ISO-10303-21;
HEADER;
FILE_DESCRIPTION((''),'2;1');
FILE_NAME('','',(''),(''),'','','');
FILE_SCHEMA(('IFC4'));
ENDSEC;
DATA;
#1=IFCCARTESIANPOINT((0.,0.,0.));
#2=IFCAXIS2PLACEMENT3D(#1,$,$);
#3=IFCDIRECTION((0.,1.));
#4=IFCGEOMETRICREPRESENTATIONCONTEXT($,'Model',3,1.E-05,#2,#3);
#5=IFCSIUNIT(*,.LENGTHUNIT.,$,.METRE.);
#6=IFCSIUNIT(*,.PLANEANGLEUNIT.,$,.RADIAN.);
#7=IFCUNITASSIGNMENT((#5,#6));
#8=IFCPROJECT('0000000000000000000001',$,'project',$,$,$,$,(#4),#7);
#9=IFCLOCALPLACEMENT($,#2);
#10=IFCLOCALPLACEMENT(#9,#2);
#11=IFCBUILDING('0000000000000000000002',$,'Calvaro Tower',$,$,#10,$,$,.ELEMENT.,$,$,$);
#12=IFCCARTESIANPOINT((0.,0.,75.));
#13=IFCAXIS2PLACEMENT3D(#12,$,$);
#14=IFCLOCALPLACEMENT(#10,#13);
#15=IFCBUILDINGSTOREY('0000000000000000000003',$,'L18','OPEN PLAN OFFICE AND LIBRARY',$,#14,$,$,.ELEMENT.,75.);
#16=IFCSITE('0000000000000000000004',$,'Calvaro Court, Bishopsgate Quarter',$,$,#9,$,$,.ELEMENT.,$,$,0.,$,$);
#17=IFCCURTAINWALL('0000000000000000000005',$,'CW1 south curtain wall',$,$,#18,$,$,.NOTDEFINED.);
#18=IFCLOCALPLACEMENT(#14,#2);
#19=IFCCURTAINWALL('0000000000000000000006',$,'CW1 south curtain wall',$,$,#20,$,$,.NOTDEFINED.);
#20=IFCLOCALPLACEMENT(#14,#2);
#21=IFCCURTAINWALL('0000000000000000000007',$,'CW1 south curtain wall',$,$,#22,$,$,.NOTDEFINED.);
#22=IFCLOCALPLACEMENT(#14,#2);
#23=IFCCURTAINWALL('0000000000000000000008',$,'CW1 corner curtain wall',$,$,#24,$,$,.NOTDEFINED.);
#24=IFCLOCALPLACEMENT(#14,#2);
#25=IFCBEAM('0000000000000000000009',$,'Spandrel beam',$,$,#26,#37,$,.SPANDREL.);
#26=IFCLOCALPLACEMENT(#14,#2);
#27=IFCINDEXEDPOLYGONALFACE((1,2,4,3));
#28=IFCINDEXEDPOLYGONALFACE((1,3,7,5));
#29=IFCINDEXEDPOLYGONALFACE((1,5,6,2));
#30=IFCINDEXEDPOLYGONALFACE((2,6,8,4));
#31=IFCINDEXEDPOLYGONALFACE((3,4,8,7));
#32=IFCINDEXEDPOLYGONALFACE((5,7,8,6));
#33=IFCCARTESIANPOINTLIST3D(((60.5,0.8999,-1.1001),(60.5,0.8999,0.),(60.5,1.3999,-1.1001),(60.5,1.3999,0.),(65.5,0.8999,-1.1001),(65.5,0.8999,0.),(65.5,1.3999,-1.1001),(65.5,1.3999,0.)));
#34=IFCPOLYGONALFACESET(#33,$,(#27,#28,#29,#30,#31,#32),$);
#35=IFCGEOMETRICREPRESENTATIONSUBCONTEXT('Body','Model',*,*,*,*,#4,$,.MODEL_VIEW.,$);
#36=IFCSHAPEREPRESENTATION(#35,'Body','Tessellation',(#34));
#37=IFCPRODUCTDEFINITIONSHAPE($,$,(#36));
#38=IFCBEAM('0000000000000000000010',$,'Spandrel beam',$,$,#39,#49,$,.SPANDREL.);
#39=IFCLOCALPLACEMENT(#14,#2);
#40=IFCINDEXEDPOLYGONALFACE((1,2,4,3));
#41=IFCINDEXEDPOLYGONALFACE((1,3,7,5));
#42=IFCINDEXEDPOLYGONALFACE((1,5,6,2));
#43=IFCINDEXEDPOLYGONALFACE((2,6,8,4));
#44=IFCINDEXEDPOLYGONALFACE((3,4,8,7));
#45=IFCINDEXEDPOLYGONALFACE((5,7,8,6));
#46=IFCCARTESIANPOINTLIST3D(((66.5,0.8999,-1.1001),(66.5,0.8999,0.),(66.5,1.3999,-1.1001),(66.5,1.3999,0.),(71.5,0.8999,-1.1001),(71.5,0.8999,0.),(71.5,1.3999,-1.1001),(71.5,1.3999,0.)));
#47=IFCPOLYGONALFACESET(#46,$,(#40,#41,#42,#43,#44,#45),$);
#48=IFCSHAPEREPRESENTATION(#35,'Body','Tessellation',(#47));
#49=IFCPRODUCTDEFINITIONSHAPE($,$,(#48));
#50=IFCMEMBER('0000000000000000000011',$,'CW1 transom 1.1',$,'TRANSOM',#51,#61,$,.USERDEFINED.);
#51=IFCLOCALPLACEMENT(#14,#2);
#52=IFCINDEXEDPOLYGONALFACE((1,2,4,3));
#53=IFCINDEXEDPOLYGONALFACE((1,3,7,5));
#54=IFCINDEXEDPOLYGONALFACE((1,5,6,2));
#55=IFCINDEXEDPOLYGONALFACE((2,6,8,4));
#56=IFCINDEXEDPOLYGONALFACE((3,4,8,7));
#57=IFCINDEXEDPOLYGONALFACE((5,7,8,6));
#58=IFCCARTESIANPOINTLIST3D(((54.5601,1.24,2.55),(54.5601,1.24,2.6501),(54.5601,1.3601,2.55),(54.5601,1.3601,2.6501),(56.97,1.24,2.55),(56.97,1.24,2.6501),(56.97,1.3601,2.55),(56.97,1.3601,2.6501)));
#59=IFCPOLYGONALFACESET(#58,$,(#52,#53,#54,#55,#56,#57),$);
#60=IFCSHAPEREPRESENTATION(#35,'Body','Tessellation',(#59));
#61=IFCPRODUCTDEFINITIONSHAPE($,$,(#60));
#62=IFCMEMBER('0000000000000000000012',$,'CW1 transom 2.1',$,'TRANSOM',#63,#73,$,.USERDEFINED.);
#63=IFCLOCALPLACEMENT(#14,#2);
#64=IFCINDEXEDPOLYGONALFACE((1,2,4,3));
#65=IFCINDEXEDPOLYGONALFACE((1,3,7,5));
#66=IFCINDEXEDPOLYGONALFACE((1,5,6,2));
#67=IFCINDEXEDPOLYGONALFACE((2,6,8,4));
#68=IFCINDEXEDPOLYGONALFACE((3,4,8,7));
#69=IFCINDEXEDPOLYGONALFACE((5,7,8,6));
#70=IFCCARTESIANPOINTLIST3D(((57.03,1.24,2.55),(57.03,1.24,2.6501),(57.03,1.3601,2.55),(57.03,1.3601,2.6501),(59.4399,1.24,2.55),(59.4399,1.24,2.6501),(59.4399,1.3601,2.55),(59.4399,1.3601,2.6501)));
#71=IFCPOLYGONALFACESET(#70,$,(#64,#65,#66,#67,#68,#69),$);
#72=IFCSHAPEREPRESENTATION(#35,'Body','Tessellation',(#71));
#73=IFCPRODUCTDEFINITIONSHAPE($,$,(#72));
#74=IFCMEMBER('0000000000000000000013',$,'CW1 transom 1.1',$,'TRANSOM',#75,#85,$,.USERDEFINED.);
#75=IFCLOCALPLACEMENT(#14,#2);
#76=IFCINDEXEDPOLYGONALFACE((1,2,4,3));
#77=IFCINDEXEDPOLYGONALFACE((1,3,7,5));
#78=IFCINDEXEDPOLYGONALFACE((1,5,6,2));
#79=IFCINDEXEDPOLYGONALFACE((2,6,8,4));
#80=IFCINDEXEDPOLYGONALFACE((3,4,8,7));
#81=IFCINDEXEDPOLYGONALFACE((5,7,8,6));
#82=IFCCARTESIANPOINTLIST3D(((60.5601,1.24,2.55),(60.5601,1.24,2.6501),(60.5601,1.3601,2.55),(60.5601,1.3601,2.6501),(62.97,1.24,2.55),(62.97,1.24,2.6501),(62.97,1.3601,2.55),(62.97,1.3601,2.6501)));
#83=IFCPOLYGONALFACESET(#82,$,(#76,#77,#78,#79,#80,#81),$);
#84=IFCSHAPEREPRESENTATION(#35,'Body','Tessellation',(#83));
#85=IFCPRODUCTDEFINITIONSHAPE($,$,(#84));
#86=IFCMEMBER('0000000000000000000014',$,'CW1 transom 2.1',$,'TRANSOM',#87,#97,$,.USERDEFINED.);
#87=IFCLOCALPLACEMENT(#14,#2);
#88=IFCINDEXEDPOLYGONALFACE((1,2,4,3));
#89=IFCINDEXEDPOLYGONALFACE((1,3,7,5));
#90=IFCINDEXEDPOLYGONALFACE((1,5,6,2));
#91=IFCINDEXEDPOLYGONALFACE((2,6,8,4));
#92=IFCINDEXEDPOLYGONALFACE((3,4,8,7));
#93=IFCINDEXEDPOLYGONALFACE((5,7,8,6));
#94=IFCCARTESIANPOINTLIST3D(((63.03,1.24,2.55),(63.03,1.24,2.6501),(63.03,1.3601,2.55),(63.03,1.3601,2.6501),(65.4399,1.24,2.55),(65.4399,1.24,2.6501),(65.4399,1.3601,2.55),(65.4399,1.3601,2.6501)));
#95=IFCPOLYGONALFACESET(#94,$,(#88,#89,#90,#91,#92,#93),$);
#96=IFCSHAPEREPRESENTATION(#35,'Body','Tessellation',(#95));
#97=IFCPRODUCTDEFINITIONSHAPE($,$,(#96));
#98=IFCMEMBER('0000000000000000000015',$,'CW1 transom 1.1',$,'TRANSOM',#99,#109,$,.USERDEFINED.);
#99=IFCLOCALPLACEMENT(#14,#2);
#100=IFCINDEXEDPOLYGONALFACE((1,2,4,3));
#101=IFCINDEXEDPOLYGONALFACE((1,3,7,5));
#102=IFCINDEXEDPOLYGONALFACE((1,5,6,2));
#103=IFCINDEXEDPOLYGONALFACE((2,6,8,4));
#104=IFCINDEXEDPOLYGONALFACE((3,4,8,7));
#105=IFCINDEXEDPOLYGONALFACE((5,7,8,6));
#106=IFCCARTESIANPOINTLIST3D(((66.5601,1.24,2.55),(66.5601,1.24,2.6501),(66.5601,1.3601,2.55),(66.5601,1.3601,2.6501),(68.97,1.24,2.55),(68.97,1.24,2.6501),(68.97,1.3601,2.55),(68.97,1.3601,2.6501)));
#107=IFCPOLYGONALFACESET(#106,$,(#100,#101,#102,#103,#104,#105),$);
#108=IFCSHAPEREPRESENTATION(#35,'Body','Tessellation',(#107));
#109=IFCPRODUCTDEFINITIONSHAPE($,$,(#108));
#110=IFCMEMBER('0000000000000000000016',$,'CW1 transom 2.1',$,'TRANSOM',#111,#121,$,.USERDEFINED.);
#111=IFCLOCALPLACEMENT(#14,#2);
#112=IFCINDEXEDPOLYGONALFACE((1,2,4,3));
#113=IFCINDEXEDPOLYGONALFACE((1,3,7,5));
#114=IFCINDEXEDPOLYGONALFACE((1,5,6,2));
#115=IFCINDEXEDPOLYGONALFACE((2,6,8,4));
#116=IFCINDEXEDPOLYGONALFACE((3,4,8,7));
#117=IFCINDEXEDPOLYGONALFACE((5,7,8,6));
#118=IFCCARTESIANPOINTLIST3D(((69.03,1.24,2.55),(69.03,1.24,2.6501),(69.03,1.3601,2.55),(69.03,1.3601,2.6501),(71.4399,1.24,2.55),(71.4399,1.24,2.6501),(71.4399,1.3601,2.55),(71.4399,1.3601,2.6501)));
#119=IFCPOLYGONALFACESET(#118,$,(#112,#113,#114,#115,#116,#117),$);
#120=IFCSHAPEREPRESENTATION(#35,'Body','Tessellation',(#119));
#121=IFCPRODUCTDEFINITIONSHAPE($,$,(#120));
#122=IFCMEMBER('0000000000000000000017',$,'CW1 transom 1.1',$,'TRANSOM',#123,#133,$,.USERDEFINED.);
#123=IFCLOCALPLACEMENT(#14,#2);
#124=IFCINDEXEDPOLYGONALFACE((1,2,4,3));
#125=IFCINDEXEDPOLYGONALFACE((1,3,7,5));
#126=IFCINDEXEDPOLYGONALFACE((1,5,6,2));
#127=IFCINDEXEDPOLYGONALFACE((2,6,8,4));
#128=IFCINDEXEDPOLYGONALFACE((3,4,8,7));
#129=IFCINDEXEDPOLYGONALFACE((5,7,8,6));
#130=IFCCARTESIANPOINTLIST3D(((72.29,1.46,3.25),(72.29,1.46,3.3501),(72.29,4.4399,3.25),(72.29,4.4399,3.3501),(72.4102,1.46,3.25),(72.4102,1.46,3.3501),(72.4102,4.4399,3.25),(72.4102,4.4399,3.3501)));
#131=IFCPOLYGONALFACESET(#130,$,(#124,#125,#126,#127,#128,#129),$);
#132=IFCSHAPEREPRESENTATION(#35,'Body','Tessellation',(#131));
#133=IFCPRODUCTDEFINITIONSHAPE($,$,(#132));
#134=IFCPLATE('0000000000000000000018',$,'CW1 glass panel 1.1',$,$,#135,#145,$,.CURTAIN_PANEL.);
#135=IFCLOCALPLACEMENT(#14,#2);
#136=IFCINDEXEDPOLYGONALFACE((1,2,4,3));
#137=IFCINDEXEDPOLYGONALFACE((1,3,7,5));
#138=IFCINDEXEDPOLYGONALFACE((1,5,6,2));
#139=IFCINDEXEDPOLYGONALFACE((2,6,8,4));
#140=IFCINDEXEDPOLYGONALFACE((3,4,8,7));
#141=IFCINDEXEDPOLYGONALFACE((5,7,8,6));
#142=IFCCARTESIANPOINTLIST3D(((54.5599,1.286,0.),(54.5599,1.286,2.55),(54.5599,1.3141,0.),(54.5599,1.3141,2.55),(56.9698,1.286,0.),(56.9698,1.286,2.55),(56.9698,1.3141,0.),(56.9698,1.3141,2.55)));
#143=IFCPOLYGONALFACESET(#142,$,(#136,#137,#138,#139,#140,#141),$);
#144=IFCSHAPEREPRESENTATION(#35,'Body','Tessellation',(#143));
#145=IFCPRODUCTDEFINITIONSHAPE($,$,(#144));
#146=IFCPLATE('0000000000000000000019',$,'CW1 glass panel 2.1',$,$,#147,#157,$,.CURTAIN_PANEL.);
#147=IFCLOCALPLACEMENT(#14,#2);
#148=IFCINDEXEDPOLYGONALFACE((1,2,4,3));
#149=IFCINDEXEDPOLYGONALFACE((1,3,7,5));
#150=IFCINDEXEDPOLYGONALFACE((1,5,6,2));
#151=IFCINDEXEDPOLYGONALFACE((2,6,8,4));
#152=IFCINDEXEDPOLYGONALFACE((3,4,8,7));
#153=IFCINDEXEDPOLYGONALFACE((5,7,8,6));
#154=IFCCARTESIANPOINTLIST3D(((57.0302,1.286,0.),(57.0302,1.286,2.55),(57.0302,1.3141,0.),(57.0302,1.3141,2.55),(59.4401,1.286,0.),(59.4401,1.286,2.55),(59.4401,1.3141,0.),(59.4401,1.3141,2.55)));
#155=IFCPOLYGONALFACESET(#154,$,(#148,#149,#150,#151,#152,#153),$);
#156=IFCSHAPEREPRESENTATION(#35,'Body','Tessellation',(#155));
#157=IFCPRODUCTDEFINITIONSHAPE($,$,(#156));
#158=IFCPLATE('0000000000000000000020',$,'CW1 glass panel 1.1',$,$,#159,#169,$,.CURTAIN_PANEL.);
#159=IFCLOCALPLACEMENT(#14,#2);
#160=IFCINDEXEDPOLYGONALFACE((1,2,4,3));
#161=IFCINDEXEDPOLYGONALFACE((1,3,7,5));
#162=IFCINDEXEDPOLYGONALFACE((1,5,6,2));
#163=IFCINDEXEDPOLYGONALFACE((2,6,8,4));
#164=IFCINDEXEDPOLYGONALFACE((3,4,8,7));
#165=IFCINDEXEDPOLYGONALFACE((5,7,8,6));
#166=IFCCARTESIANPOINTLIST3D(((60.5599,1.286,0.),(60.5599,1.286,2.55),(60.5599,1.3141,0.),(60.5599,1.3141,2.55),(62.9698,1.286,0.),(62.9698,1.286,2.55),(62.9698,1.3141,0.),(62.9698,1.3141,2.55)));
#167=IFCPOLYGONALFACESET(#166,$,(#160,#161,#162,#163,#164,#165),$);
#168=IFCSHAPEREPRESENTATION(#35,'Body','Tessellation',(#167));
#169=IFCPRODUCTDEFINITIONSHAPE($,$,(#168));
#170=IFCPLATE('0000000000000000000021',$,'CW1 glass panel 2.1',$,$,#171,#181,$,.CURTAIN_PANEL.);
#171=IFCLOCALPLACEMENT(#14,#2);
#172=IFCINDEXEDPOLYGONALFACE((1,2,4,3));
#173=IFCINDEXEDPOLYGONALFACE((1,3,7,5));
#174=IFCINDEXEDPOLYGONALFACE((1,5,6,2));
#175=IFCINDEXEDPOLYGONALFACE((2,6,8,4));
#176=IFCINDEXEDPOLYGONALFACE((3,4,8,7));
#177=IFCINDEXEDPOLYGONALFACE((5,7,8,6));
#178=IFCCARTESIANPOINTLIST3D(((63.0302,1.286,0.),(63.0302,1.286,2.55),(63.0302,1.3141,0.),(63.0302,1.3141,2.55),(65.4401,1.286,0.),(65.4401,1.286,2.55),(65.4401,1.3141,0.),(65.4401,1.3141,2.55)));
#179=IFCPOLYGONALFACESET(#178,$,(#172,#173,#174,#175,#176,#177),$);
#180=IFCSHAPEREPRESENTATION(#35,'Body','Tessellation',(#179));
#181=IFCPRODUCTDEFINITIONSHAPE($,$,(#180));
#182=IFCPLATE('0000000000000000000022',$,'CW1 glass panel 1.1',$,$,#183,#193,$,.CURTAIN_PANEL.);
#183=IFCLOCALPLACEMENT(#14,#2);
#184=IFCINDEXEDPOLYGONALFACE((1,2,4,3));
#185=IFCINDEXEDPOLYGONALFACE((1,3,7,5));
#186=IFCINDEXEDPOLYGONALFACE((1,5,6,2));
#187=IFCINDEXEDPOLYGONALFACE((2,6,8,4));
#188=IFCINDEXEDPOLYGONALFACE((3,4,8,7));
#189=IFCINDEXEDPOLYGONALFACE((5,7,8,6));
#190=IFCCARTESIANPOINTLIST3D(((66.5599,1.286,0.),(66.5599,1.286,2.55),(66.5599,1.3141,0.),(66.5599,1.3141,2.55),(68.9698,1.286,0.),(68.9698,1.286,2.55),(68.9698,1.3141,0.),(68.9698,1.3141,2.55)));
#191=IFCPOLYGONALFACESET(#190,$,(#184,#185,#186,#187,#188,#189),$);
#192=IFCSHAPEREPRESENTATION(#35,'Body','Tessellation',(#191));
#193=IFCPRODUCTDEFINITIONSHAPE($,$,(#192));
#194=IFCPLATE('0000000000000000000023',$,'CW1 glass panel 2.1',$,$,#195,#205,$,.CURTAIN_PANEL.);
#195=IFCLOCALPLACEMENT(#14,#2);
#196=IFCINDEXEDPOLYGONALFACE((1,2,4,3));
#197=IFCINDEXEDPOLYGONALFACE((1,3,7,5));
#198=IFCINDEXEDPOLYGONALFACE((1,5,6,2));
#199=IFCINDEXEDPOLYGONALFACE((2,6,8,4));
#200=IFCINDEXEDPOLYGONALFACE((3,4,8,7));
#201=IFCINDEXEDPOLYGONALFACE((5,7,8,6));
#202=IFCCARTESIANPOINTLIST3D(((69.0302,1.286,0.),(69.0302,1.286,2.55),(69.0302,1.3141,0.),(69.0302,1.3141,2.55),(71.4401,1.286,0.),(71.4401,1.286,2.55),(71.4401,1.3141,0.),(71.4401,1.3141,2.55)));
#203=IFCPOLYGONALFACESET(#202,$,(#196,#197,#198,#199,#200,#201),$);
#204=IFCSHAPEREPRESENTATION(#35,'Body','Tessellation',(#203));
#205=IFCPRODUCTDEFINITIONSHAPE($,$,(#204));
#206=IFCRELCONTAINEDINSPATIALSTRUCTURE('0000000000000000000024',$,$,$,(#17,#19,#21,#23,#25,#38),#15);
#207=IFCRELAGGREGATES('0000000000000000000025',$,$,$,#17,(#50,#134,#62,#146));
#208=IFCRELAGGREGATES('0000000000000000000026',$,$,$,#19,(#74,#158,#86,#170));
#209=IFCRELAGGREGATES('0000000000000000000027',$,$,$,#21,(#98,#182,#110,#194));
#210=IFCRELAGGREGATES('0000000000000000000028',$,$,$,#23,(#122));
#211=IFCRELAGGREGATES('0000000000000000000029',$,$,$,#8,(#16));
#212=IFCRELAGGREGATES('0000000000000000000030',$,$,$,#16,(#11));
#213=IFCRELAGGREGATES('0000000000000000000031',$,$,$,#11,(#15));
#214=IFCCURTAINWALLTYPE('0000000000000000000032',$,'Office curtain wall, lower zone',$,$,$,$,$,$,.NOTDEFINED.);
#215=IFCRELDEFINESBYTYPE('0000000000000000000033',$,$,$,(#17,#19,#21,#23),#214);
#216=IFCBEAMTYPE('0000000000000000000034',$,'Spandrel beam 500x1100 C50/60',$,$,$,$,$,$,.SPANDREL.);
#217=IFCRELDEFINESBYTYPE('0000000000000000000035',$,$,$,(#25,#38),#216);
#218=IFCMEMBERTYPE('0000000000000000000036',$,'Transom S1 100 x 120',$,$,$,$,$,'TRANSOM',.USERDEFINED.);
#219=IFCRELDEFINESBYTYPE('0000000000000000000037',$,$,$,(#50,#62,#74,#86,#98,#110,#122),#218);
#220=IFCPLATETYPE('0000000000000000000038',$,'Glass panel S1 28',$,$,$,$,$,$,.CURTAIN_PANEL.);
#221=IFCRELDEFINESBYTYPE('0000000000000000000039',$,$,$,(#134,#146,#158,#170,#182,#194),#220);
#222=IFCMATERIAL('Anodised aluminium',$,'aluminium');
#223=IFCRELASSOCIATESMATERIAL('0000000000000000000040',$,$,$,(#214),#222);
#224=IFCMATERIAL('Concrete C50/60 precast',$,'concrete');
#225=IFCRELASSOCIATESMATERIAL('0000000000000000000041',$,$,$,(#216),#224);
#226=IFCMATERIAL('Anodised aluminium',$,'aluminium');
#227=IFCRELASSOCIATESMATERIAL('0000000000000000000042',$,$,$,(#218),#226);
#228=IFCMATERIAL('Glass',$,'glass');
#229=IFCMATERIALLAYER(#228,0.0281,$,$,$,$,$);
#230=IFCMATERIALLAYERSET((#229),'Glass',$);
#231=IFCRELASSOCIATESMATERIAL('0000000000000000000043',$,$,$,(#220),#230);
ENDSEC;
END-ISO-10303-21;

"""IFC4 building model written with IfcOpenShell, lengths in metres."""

from ifc_helpers import new_model, si_unit, direction, frame, origin, origin_2d, place, context, subcontext, project, spatial, rectangle, extrude, material, layer, layer_set, material_profile, profile_set, type_object, element, aggregate, save


model = new_model("IFC4")

# Units and contexts
model_context = context("Model", 3, precision=1e-05, world=origin(), true_north=direction((0.0, 1.0)))
body_context = subcontext(model_context, "Body", "Model", "MODEL_VIEW")
ifc_project = project(units=[si_unit("LENGTHUNIT", "METRE"), si_unit("PLANEANGLEUNIT", "RADIAN")], contexts=[model_context])

# Site, building, storey
site_placement = place(None, origin())
site = spatial("IfcSite", under=ifc_project, at=site_placement, Name="Calvaro Court, Bishopsgate Quarter", CompositionType="ELEMENT", RefElevation=0.0)
building_placement = place(site_placement, origin())
building = spatial("IfcBuilding", under=site, at=building_placement, Name="Calvaro Tower", CompositionType="ELEMENT")
storey_placement = place(building_placement, frame((0.0, 0.0, 75.0)))
storey = spatial("IfcBuildingStorey", under=building, at=storey_placement, Name="L18", Description="OPEN PLAN OFFICE AND LIBRARY", CompositionType="ELEMENT", Elevation=75.0)

# Curtain walls
ifc_material_1 = material(Name="Anodised aluminium", Category="aluminium")
curtain_wall_type = type_object("IfcCurtainWallType", Name="Office curtain wall, lower zone", PredefinedType="NOTDEFINED", material=ifc_material_1)
curtain_wall_1_placement = place(storey_placement, origin())
curtain_wall_1 = element("IfcCurtainWall", 1, at=curtain_wall_1_placement, inside=storey, type_object=curtain_wall_type, Name="CW1 south curtain wall", PredefinedType="NOTDEFINED")
curtain_wall_2_placement = place(storey_placement, origin())
curtain_wall_2 = element("IfcCurtainWall", 2, at=curtain_wall_2_placement, inside=storey, type_object=curtain_wall_type, Name="CW1 south curtain wall", PredefinedType="NOTDEFINED")
curtain_wall_3_placement = place(storey_placement, origin())
curtain_wall_3 = element("IfcCurtainWall", 3, at=curtain_wall_3_placement, inside=storey, type_object=curtain_wall_type, Name="CW1 south curtain wall", PredefinedType="NOTDEFINED")
curtain_wall_4_placement = place(storey_placement, origin())
curtain_wall_4 = element("IfcCurtainWall", 4, at=curtain_wall_4_placement, inside=storey, type_object=curtain_wall_type, Name="CW1 corner curtain wall", PredefinedType="NOTDEFINED")

# Beams
ifc_material_2 = material(Name="Concrete C50/60 precast", Category="concrete")
ifc_material_profile_1 = material_profile(ifc_material_2, rectangle(XDim=0.5, YDim=1.1001, at=origin_2d()), Name="RC 500x1100")
ifc_profile_set_1 = profile_set([ifc_material_profile_1], Name="Concrete C50/60 precast")
beam_type = type_object("IfcBeamType", Name="Spandrel beam 500x1100 C50/60", PredefinedType="SPANDREL", material=ifc_profile_set_1)
for number, where, z_axis, x_axis, name in (
    (5, (60.5, 1.1499, -0.55), (1.0, 0.0, 0.0), (0.0, 1.0, 0.0), "Spandrel beam"),
    (6, (66.5, 1.1499, -0.55), (1.0, 0.0, 0.0), (0.0, 1.0, 0.0), "Spandrel beam"),
):
    element("IfcBeam", number, at=place(storey_placement, frame(where, z_axis=z_axis, x_axis=x_axis)), inside=storey, type_object=beam_type, Name=name, PredefinedType="SPANDREL", context=body_context, shape_type="SweptSolid", body=[
        extrude(rectangle(XDim=0.5, YDim=1.1001, at=origin_2d()), origin(), (0.0, 0.0, 1.0), 5.0),
    ])

# Members
ifc_material_3 = material(Name="Anodised aluminium", Category="aluminium")
ifc_material_profile_2 = material_profile(ifc_material_3, rectangle(XDim=0.1201, YDim=0.1001, at=origin_2d()), Name="Transom S1 100 x 120")
ifc_profile_set_2 = profile_set([ifc_material_profile_2], Name="Anodised aluminium")
member_type_1 = type_object("IfcMemberType", Name="Transom S1 100 x 120", ElementType="TRANSOM", PredefinedType="USERDEFINED", material=ifc_profile_set_2)
member_1_placement = place(storey_placement, frame((54.5601, 1.3, 2.6001), z_axis=(1.0, 0.0, 0.0), x_axis=(0.0, 1.0, 0.0)))
member_1 = element("IfcMember", 7, at=member_1_placement, type_object=member_type_1, Name="CW1 transom 1.1", ObjectType="TRANSOM", PredefinedType="USERDEFINED", context=body_context, shape_type="SweptSolid", body=[
    extrude(rectangle(XDim=0.1201, YDim=0.1001, at=origin_2d()), origin(), (0.0, 0.0, 1.0), 2.4099),
])
member_2_placement = place(storey_placement, frame((57.03, 1.3, 2.6001), z_axis=(1.0, 0.0, 0.0), x_axis=(0.0, 1.0, 0.0)))
member_2 = element("IfcMember", 8, at=member_2_placement, type_object=member_type_1, Name="CW1 transom 2.1", ObjectType="TRANSOM", PredefinedType="USERDEFINED", context=body_context, shape_type="SweptSolid", body=[
    extrude(rectangle(XDim=0.1201, YDim=0.1001, at=origin_2d()), origin(), (0.0, 0.0, 1.0), 2.4099),
])
member_3_placement = place(storey_placement, frame((60.5601, 1.3, 2.6001), z_axis=(1.0, 0.0, 0.0), x_axis=(0.0, 1.0, 0.0)))
member_3 = element("IfcMember", 9, at=member_3_placement, type_object=member_type_1, Name="CW1 transom 1.1", ObjectType="TRANSOM", PredefinedType="USERDEFINED", context=body_context, shape_type="SweptSolid", body=[
    extrude(rectangle(XDim=0.1201, YDim=0.1001, at=origin_2d()), origin(), (0.0, 0.0, 1.0), 2.4099),
])
member_4_placement = place(storey_placement, frame((63.03, 1.3, 2.6001), z_axis=(1.0, 0.0, 0.0), x_axis=(0.0, 1.0, 0.0)))
member_4 = element("IfcMember", 10, at=member_4_placement, type_object=member_type_1, Name="CW1 transom 2.1", ObjectType="TRANSOM", PredefinedType="USERDEFINED", context=body_context, shape_type="SweptSolid", body=[
    extrude(rectangle(XDim=0.1201, YDim=0.1001, at=origin_2d()), origin(), (0.0, 0.0, 1.0), 2.4099),
])
member_5_placement = place(storey_placement, frame((66.5601, 1.3, 2.6001), z_axis=(1.0, 0.0, 0.0), x_axis=(0.0, 1.0, 0.0)))
member_5 = element("IfcMember", 11, at=member_5_placement, type_object=member_type_1, Name="CW1 transom 1.1", ObjectType="TRANSOM", PredefinedType="USERDEFINED", context=body_context, shape_type="SweptSolid", body=[
    extrude(rectangle(XDim=0.1201, YDim=0.1001, at=origin_2d()), origin(), (0.0, 0.0, 1.0), 2.4099),
])
member_6_placement = place(storey_placement, frame((69.03, 1.3, 2.6001), z_axis=(1.0, 0.0, 0.0), x_axis=(0.0, 1.0, 0.0)))
member_6 = element("IfcMember", 12, at=member_6_placement, type_object=member_type_1, Name="CW1 transom 2.1", ObjectType="TRANSOM", PredefinedType="USERDEFINED", context=body_context, shape_type="SweptSolid", body=[
    extrude(rectangle(XDim=0.1201, YDim=0.1001, at=origin_2d()), origin(), (0.0, 0.0, 1.0), 2.4099),
])
member_7_placement = place(storey_placement, frame((72.3501, 1.46, 3.3), z_axis=(0.0, 1.0, 0.0), x_axis=(-1.0, 0.0, 0.0)))
member_7 = element("IfcMember", 13, at=member_7_placement, type_object=member_type_1, Name="CW1 transom 1.1", ObjectType="TRANSOM", PredefinedType="USERDEFINED", context=body_context, shape_type="SweptSolid", body=[
    extrude(rectangle(XDim=0.1201, YDim=0.1001, at=origin_2d()), origin(), (0.0, 0.0, 1.0), 2.98),
])

# Plates
ifc_material_4 = material(Name="Glass", Category="glass")
ifc_layer = layer(ifc_material_4, 0.0281)
ifc_layer_set = layer_set([ifc_layer], Name="Glass")
plate_type = type_object("IfcPlateType", Name="Glass panel S1 28", PredefinedType="CURTAIN_PANEL", material=ifc_layer_set)
plate_1_placement = place(storey_placement, frame((55.7649, 1.3, 0.0), z_axis=(0.0, 0.0, 1.0), x_axis=(1.0, 0.0, 0.0)))
plate_1 = element("IfcPlate", 14, at=plate_1_placement, type_object=plate_type, Name="CW1 glass panel 1.1", PredefinedType="CURTAIN_PANEL", context=body_context, shape_type="SweptSolid", body=[
    extrude(rectangle(XDim=2.4099, YDim=0.0281, at=origin_2d()), origin(), (0.0, 0.0, 1.0), 2.55),
])
plate_2_placement = place(storey_placement, frame((58.2351, 1.3, 0.0), z_axis=(0.0, 0.0, 1.0), x_axis=(1.0, 0.0, 0.0)))
plate_2 = element("IfcPlate", 15, at=plate_2_placement, type_object=plate_type, Name="CW1 glass panel 2.1", PredefinedType="CURTAIN_PANEL", context=body_context, shape_type="SweptSolid", body=[
    extrude(rectangle(XDim=2.4099, YDim=0.0281, at=origin_2d()), origin(), (0.0, 0.0, 1.0), 2.55),
])
aggregate(curtain_wall_1, [member_1, plate_1, member_2, plate_2])
plate_3_placement = place(storey_placement, frame((61.7649, 1.3, 0.0), z_axis=(0.0, 0.0, 1.0), x_axis=(1.0, 0.0, 0.0)))
plate_3 = element("IfcPlate", 16, at=plate_3_placement, type_object=plate_type, Name="CW1 glass panel 1.1", PredefinedType="CURTAIN_PANEL", context=body_context, shape_type="SweptSolid", body=[
    extrude(rectangle(XDim=2.4099, YDim=0.0281, at=origin_2d()), origin(), (0.0, 0.0, 1.0), 2.55),
])
plate_4_placement = place(storey_placement, frame((64.2351, 1.3, 0.0), z_axis=(0.0, 0.0, 1.0), x_axis=(1.0, 0.0, 0.0)))
plate_4 = element("IfcPlate", 17, at=plate_4_placement, type_object=plate_type, Name="CW1 glass panel 2.1", PredefinedType="CURTAIN_PANEL", context=body_context, shape_type="SweptSolid", body=[
    extrude(rectangle(XDim=2.4099, YDim=0.0281, at=origin_2d()), origin(), (0.0, 0.0, 1.0), 2.55),
])
aggregate(curtain_wall_2, [member_3, plate_3, member_4, plate_4])
plate_5_placement = place(storey_placement, frame((67.7649, 1.3, 0.0), z_axis=(0.0, 0.0, 1.0), x_axis=(1.0, 0.0, 0.0)))
plate_5 = element("IfcPlate", 18, at=plate_5_placement, type_object=plate_type, Name="CW1 glass panel 1.1", PredefinedType="CURTAIN_PANEL", context=body_context, shape_type="SweptSolid", body=[
    extrude(rectangle(XDim=2.4099, YDim=0.0281, at=origin_2d()), origin(), (0.0, 0.0, 1.0), 2.55),
])
plate_6_placement = place(storey_placement, frame((70.2351, 1.3, 0.0), z_axis=(0.0, 0.0, 1.0), x_axis=(1.0, 0.0, 0.0)))
plate_6 = element("IfcPlate", 19, at=plate_6_placement, type_object=plate_type, Name="CW1 glass panel 2.1", PredefinedType="CURTAIN_PANEL", context=body_context, shape_type="SweptSolid", body=[
    extrude(rectangle(XDim=2.4099, YDim=0.0281, at=origin_2d()), origin(), (0.0, 0.0, 1.0), 2.55),
])
aggregate(curtain_wall_3, [member_5, plate_5, member_6, plate_6])
aggregate(curtain_wall_4, [member_7])

save(model, "model.ifc")
